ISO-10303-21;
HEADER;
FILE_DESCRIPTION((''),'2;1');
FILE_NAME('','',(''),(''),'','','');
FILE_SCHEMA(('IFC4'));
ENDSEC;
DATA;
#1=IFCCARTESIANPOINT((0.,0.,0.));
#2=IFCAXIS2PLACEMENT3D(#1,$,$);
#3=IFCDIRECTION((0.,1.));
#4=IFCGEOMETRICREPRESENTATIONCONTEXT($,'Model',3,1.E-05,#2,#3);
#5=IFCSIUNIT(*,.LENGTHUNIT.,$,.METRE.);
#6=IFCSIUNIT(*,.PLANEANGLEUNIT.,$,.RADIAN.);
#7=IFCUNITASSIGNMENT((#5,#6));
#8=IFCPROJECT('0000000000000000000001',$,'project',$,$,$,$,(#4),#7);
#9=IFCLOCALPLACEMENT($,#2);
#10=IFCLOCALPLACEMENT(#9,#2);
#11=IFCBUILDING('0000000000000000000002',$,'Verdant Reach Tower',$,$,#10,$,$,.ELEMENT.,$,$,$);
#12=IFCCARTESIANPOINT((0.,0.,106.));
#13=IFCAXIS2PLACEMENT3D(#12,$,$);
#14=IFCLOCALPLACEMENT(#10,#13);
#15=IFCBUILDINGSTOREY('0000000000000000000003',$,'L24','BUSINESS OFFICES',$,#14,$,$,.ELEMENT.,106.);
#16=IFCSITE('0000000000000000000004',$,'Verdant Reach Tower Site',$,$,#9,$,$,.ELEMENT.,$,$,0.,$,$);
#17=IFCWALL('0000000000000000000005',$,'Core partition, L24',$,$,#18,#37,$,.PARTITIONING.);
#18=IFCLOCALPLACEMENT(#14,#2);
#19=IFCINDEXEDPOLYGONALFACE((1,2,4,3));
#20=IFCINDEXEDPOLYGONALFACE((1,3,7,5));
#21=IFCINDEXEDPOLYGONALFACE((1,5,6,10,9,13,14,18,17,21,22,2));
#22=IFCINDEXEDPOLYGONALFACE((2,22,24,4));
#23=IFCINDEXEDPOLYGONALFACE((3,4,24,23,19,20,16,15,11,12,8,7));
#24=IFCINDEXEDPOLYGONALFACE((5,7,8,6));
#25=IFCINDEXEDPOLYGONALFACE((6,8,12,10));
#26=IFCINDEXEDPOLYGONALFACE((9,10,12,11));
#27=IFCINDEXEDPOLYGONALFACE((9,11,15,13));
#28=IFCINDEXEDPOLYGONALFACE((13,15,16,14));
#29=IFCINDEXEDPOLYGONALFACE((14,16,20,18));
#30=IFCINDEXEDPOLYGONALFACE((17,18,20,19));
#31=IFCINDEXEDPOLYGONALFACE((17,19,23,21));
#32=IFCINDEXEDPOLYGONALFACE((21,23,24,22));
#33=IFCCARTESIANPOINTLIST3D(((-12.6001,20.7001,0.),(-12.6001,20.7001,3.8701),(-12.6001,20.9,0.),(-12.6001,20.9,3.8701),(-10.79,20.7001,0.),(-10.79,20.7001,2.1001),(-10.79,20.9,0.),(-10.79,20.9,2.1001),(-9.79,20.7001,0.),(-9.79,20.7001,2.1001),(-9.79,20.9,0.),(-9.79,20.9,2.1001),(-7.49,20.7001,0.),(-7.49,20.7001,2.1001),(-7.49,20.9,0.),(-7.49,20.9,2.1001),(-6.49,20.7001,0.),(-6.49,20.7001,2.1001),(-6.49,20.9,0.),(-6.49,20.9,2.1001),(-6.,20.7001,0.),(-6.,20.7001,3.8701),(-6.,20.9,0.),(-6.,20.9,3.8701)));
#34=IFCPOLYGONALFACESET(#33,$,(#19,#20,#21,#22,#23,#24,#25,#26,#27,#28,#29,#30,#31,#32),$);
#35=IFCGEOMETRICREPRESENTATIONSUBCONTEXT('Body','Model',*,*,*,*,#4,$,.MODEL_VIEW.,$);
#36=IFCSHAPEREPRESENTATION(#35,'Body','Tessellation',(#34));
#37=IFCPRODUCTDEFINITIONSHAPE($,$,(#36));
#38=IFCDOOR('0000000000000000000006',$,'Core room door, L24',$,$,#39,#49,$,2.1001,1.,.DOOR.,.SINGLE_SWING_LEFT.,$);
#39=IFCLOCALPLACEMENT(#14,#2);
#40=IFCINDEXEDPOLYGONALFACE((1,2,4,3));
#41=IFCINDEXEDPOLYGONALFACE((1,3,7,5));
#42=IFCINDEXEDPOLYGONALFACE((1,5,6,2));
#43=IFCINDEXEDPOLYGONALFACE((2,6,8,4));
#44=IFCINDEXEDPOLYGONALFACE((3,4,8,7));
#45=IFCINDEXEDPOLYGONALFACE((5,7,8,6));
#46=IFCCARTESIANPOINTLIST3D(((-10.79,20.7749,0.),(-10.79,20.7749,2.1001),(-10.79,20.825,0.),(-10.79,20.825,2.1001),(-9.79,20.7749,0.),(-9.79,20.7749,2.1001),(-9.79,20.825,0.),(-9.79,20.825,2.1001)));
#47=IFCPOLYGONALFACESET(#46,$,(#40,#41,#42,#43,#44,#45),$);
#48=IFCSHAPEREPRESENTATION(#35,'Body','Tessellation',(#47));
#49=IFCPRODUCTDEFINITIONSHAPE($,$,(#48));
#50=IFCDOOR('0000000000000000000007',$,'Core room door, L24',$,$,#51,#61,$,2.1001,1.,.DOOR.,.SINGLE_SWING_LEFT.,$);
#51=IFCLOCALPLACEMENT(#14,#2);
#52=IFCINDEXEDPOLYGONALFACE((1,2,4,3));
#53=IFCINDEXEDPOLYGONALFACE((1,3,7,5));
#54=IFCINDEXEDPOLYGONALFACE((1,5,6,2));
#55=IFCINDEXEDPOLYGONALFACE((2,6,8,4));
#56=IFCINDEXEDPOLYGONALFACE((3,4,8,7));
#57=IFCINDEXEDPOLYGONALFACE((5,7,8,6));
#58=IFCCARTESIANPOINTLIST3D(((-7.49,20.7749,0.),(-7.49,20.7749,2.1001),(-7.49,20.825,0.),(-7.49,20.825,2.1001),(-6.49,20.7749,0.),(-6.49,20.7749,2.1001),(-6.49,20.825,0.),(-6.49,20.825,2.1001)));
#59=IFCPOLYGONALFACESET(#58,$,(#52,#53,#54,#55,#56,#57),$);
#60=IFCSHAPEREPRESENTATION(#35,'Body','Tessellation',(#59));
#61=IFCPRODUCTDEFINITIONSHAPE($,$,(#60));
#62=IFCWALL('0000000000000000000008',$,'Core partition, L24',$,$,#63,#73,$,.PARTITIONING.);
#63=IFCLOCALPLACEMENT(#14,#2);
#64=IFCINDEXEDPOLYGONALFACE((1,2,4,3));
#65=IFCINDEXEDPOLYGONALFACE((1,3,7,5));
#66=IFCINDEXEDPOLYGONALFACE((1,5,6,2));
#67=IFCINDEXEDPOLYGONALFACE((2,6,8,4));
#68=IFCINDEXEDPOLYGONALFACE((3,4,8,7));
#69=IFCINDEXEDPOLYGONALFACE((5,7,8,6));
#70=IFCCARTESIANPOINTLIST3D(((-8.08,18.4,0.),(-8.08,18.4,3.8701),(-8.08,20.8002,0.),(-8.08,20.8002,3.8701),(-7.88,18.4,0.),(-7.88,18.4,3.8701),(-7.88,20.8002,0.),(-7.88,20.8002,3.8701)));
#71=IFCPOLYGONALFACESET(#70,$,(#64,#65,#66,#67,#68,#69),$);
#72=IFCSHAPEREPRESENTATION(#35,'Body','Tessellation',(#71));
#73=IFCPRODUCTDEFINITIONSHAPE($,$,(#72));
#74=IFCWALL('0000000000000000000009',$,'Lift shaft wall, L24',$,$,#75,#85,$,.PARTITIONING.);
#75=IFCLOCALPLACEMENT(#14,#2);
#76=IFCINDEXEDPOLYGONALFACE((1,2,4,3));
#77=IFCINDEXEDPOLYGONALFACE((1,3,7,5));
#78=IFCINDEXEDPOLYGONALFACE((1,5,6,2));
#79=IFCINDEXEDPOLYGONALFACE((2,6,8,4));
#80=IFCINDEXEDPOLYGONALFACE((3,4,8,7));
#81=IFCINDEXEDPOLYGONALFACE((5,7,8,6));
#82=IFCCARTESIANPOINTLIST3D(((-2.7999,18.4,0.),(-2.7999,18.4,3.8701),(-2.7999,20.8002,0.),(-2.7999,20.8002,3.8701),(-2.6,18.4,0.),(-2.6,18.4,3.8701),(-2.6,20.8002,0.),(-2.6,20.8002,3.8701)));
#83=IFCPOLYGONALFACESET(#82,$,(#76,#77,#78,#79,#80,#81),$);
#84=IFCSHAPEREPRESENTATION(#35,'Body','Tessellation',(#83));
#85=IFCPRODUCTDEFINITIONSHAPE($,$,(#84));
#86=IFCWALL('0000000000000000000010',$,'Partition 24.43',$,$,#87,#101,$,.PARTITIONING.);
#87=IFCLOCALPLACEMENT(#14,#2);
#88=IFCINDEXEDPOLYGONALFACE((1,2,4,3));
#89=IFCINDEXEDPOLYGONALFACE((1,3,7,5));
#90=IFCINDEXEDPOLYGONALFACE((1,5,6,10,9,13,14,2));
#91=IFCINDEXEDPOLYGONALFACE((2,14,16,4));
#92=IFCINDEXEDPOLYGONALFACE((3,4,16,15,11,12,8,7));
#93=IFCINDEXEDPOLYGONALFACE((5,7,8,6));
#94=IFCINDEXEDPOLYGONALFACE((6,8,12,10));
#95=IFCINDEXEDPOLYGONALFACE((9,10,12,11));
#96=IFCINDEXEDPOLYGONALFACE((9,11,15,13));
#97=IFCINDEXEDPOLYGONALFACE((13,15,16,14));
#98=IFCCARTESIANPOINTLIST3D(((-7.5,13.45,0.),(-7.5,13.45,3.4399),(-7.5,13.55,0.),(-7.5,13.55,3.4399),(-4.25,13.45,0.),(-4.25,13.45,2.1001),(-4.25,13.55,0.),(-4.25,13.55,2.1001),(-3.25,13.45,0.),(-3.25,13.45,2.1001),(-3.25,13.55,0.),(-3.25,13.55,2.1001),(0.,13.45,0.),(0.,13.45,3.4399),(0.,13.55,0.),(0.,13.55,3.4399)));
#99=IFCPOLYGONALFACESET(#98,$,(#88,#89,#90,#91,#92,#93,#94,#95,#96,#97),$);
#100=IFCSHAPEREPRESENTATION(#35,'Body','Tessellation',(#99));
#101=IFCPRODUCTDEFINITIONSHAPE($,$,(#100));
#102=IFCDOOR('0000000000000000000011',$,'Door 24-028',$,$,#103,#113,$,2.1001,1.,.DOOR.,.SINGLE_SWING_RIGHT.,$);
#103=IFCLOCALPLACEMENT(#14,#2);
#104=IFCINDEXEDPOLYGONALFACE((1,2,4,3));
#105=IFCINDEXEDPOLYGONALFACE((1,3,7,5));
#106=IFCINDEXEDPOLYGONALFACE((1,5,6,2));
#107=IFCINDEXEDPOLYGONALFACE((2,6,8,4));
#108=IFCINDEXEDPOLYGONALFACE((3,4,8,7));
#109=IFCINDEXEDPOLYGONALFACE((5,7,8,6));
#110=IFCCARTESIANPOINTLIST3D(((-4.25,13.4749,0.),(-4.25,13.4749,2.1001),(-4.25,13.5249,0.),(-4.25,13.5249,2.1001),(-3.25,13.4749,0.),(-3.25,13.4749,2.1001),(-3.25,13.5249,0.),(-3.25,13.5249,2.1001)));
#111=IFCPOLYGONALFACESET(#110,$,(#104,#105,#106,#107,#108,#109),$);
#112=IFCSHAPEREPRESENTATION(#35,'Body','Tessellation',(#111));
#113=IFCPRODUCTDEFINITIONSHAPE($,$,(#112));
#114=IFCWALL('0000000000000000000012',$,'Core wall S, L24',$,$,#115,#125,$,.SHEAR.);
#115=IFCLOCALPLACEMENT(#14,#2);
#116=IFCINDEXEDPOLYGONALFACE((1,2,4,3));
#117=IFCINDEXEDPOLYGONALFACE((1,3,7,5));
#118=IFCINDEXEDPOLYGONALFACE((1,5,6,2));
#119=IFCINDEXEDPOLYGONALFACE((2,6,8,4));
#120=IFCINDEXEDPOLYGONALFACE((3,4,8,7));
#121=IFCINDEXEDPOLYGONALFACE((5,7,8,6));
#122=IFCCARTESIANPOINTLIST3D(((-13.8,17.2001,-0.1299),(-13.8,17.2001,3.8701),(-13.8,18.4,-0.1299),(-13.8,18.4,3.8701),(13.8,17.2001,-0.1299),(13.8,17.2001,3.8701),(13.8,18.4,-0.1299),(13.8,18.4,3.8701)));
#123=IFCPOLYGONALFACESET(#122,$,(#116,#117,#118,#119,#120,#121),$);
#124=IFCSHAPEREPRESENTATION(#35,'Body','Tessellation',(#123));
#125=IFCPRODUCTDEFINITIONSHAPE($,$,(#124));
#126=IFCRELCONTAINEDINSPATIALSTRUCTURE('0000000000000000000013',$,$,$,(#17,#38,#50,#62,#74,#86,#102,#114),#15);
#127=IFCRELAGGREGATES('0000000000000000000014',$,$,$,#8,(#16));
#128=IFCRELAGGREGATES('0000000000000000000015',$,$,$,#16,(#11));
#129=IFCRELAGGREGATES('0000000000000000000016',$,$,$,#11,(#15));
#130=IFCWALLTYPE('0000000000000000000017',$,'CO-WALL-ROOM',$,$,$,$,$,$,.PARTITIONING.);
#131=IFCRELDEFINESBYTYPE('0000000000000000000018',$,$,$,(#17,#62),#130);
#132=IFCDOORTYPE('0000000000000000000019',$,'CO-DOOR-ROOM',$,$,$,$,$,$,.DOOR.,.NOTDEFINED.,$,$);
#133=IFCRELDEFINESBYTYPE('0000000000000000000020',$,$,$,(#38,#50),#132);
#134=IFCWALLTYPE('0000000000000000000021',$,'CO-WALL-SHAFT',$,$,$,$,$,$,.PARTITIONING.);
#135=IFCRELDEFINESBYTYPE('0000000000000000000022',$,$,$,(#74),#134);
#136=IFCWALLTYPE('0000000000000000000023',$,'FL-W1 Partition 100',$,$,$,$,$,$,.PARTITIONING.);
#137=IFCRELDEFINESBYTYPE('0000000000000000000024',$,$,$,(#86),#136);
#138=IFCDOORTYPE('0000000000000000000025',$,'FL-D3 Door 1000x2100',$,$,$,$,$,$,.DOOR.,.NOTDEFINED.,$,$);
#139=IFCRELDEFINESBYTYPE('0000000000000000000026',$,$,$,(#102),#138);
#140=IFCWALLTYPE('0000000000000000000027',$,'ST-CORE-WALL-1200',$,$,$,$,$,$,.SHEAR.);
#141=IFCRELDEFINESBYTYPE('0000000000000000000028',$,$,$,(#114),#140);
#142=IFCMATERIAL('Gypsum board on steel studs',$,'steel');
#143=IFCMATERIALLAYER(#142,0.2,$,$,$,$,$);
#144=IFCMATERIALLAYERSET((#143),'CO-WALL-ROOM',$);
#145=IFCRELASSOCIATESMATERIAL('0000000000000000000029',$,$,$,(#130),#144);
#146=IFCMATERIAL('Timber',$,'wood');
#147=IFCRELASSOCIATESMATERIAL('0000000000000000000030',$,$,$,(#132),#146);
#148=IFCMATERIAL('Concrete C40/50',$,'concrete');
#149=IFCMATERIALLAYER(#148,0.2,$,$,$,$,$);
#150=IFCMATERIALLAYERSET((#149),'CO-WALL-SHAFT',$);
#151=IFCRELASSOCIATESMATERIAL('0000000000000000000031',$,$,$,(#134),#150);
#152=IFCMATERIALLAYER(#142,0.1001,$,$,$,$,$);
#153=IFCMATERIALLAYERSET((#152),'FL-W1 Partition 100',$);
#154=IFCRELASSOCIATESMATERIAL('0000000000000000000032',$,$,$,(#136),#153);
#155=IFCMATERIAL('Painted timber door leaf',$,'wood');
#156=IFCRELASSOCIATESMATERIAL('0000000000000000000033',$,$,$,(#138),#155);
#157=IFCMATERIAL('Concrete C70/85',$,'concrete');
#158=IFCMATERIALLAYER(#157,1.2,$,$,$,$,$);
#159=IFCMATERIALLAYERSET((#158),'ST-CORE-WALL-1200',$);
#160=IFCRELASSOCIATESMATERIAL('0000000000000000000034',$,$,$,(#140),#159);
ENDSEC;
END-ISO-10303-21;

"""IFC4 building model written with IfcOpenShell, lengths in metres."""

from ifc_helpers import new_model, si_unit, direction, frame, frame_2d, origin, place, context, subcontext, project, spatial, rectangle, extrude, material, layer, layer_set, type_object, element, fill, save


model = new_model("IFC4")

# Units and contexts
model_context = context("Model", 3, precision=1e-05, world=origin(), true_north=direction((0.0, 1.0)))
body_context = subcontext(model_context, "Body", "Model", "MODEL_VIEW")
ifc_project = project(units=[si_unit("LENGTHUNIT", "METRE"), si_unit("PLANEANGLEUNIT", "RADIAN")], contexts=[model_context])

# Site, building, storey
site_placement = place(None, origin())
site = spatial("IfcSite", under=ifc_project, at=site_placement, Name="Verdant Reach Tower Site", CompositionType="ELEMENT", RefElevation=0.0)
building_placement = place(site_placement, origin())
building = spatial("IfcBuilding", under=site, at=building_placement, Name="Verdant Reach Tower", CompositionType="ELEMENT")
storey_placement = place(building_placement, frame((0.0, 0.0, 106.0)))
storey = spatial("IfcBuildingStorey", under=building, at=storey_placement, Name="L24", Description="BUSINESS OFFICES", CompositionType="ELEMENT", Elevation=106.0)

# Wall, openings, doors
ifc_material_1 = material(Name="Gypsum board on steel studs", Category="steel")
ifc_layer_1 = layer(ifc_material_1, 0.2)
ifc_layer_set_1 = layer_set([ifc_layer_1], Name="CO-WALL-ROOM")
wall_type_1 = type_object("IfcWallType", Name="CO-WALL-ROOM", PredefinedType="PARTITIONING", material=ifc_layer_set_1)
wall_1_placement = place(storey_placement, frame((-12.6001, 20.8, 0.0), z_axis=(0.0, 0.0, 1.0), x_axis=(1.0, 0.0, 0.0)))
wall_1 = element("IfcWall", 1, at=wall_1_placement, inside=storey, type_object=wall_type_1, Name="Core partition, L24", PredefinedType="PARTITIONING", context=body_context, shape_type="SweptSolid", body=[
    extrude(rectangle(XDim=6.6001, YDim=0.2, at=frame_2d((3.3, 0.0))), origin(), (0.0, 0.0, 1.0), 3.8701),
])
opening_1_placement = place(wall_1_placement, frame((1.8101, 0.0, 0.0)))
opening_1 = element("IfcOpeningElement", 2, at=opening_1_placement, cuts=wall_1, PredefinedType="OPENING", context=body_context, shape_type="SweptSolid", body=[
    extrude(rectangle(XDim=1.0, YDim=2.1001, at=frame_2d((0.5, 1.05))), frame((0.0, 0.1099, 0.0), z_axis=(0.0, -1.0, 0.0), x_axis=(1.0, 0.0, 0.0)), (0.0, 0.0, 1.0), 0.22),
])
opening_2_placement = place(wall_1_placement, frame((5.1101, 0.0, 0.0)))
opening_2 = element("IfcOpeningElement", 3, at=opening_2_placement, cuts=wall_1, PredefinedType="OPENING", context=body_context, shape_type="SweptSolid", body=[
    extrude(rectangle(XDim=1.0, YDim=2.1001, at=frame_2d((0.5, 1.05))), frame((0.0, 0.1099, 0.0), z_axis=(0.0, -1.0, 0.0), x_axis=(1.0, 0.0, 0.0)), (0.0, 0.0, 1.0), 0.22),
])
ifc_material_2 = material(Name="Timber", Category="wood")
door_type_1 = type_object("IfcDoorType", Name="CO-DOOR-ROOM", OperationType="NOTDEFINED", PredefinedType="DOOR", material=ifc_material_2)
door_1_placement = place(opening_1_placement, origin())
door_1 = element("IfcDoor", 4, at=door_1_placement, inside=storey, type_object=door_type_1, Name="Core room door, L24", OperationType="SINGLE_SWING_LEFT", OverallHeight=2.1001, OverallWidth=1.0, PredefinedType="DOOR", context=body_context, shape_type="SweptSolid", body=[
    extrude(rectangle(XDim=1.0, YDim=2.1001, at=frame_2d((0.5, 1.05))), frame((0.0, 0.0249, 0.0), z_axis=(0.0, -1.0, 0.0), x_axis=(1.0, 0.0, 0.0)), (0.0, 0.0, 1.0), 0.05),
])
fill(opening_1, door_1)
door_2_placement = place(opening_2_placement, origin())
door_2 = element("IfcDoor", 5, at=door_2_placement, inside=storey, type_object=door_type_1, Name="Core room door, L24", OperationType="SINGLE_SWING_LEFT", OverallHeight=2.1001, OverallWidth=1.0, PredefinedType="DOOR", context=body_context, shape_type="SweptSolid", body=[
    extrude(rectangle(XDim=1.0, YDim=2.1001, at=frame_2d((0.5, 1.05))), frame((0.0, 0.0249, 0.0), z_axis=(0.0, -1.0, 0.0), x_axis=(1.0, 0.0, 0.0)), (0.0, 0.0, 1.0), 0.05),
])
fill(opening_2, door_2)

# Walls
wall_2_placement = place(storey_placement, frame((-7.98, 18.3999, 0.0), z_axis=(0.0, 0.0, 1.0), x_axis=(0.0, 1.0, 0.0)))
element("IfcWall", 6, at=wall_2_placement, inside=storey, type_object=wall_type_1, Name="Core partition, L24", PredefinedType="PARTITIONING", context=body_context, shape_type="SweptSolid", body=[
    extrude(rectangle(XDim=2.4001, YDim=0.2, at=frame_2d((1.2002, 0.0))), origin(), (0.0, 0.0, 1.0), 3.8701),
])
ifc_material_3 = material(Name="Concrete C40/50", Category="concrete")
ifc_layer_2 = layer(ifc_material_3, 0.2)
ifc_layer_set_2 = layer_set([ifc_layer_2], Name="CO-WALL-SHAFT")
wall_type_2 = type_object("IfcWallType", Name="CO-WALL-SHAFT", PredefinedType="PARTITIONING", material=ifc_layer_set_2)
wall_3_placement = place(storey_placement, frame((-2.7, 18.3999, 0.0), z_axis=(0.0, 0.0, 1.0), x_axis=(0.0, 1.0, 0.0)))
element("IfcWall", 7, at=wall_3_placement, inside=storey, type_object=wall_type_2, Name="Lift shaft wall, L24", PredefinedType="PARTITIONING", context=body_context, shape_type="SweptSolid", body=[
    extrude(rectangle(XDim=2.4001, YDim=0.2, at=frame_2d((1.2002, 0.0))), origin(), (0.0, 0.0, 1.0), 3.8701),
])

# Wall, opening, door
ifc_layer_3 = layer(ifc_material_1, 0.1001)
ifc_layer_set_3 = layer_set([ifc_layer_3], Name="FL-W1 Partition 100")
wall_type_3 = type_object("IfcWallType", Name="FL-W1 Partition 100", PredefinedType="PARTITIONING", material=ifc_layer_set_3)
wall_4_placement = place(storey_placement, frame((-7.5, 13.5, 0.0), z_axis=(0.0, 0.0, 1.0), x_axis=(1.0, 0.0, 0.0)))
wall_4 = element("IfcWall", 8, at=wall_4_placement, inside=storey, type_object=wall_type_3, Name="Partition 24.43", PredefinedType="PARTITIONING", context=body_context, shape_type="SweptSolid", body=[
    extrude(rectangle(XDim=7.5, YDim=0.1001, at=frame_2d((3.75, 0.0))), origin(), (0.0, 0.0, 1.0), 3.4399),
])
opening_3_placement = place(wall_4_placement, frame((3.25, 0.0, 0.0)))
opening_3 = element("IfcOpeningElement", 9, at=opening_3_placement, cuts=wall_4, PredefinedType="OPENING", context=body_context, shape_type="SweptSolid", body=[
    extrude(rectangle(XDim=1.0, YDim=2.1001, at=frame_2d((0.5, 1.05))), frame((0.0, 0.0601, 0.0), z_axis=(0.0, -1.0, 0.0), x_axis=(1.0, 0.0, 0.0)), (0.0, 0.0, 1.0), 0.1201),
])
ifc_material_4 = material(Name="Painted timber door leaf", Category="wood")
door_type_2 = type_object("IfcDoorType", Name="FL-D3 Door 1000x2100", OperationType="NOTDEFINED", PredefinedType="DOOR", material=ifc_material_4)
door_3_placement = place(opening_3_placement, origin())
door_3 = element("IfcDoor", 10, at=door_3_placement, inside=storey, type_object=door_type_2, Name="Door 24-028", OperationType="SINGLE_SWING_RIGHT", OverallHeight=2.1001, OverallWidth=1.0, PredefinedType="DOOR", context=body_context, shape_type="SweptSolid", body=[
    extrude(rectangle(XDim=1.0, YDim=2.1001, at=frame_2d((0.5, 1.05))), frame((0.0, 0.0249, 0.0), z_axis=(0.0, -1.0, 0.0), x_axis=(1.0, 0.0, 0.0)), (0.0, 0.0, 1.0), 0.05),
])
fill(opening_3, door_3)

# Wall
ifc_material_5 = material(Name="Concrete C70/85", Category="concrete")
ifc_layer_4 = layer(ifc_material_5, 1.2)
ifc_layer_set_4 = layer_set([ifc_layer_4], Name="ST-CORE-WALL-1200")
wall_type_4 = type_object("IfcWallType", Name="ST-CORE-WALL-1200", PredefinedType="SHEAR", material=ifc_layer_set_4)
wall_5_placement = place(storey_placement, frame((-13.8, 17.8, -0.1299), z_axis=(0.0, 0.0, 1.0), x_axis=(1.0, 0.0, 0.0)))
element("IfcWall", 11, at=wall_5_placement, inside=storey, type_object=wall_type_4, Name="Core wall S, L24", PredefinedType="SHEAR", context=body_context, shape_type="SweptSolid", body=[
    extrude(rectangle(XDim=27.6001, YDim=1.2, at=frame_2d((13.8, 0.0))), origin(), (0.0, 0.0, 1.0), 4.0),
])

save(model, "model.ifc")
